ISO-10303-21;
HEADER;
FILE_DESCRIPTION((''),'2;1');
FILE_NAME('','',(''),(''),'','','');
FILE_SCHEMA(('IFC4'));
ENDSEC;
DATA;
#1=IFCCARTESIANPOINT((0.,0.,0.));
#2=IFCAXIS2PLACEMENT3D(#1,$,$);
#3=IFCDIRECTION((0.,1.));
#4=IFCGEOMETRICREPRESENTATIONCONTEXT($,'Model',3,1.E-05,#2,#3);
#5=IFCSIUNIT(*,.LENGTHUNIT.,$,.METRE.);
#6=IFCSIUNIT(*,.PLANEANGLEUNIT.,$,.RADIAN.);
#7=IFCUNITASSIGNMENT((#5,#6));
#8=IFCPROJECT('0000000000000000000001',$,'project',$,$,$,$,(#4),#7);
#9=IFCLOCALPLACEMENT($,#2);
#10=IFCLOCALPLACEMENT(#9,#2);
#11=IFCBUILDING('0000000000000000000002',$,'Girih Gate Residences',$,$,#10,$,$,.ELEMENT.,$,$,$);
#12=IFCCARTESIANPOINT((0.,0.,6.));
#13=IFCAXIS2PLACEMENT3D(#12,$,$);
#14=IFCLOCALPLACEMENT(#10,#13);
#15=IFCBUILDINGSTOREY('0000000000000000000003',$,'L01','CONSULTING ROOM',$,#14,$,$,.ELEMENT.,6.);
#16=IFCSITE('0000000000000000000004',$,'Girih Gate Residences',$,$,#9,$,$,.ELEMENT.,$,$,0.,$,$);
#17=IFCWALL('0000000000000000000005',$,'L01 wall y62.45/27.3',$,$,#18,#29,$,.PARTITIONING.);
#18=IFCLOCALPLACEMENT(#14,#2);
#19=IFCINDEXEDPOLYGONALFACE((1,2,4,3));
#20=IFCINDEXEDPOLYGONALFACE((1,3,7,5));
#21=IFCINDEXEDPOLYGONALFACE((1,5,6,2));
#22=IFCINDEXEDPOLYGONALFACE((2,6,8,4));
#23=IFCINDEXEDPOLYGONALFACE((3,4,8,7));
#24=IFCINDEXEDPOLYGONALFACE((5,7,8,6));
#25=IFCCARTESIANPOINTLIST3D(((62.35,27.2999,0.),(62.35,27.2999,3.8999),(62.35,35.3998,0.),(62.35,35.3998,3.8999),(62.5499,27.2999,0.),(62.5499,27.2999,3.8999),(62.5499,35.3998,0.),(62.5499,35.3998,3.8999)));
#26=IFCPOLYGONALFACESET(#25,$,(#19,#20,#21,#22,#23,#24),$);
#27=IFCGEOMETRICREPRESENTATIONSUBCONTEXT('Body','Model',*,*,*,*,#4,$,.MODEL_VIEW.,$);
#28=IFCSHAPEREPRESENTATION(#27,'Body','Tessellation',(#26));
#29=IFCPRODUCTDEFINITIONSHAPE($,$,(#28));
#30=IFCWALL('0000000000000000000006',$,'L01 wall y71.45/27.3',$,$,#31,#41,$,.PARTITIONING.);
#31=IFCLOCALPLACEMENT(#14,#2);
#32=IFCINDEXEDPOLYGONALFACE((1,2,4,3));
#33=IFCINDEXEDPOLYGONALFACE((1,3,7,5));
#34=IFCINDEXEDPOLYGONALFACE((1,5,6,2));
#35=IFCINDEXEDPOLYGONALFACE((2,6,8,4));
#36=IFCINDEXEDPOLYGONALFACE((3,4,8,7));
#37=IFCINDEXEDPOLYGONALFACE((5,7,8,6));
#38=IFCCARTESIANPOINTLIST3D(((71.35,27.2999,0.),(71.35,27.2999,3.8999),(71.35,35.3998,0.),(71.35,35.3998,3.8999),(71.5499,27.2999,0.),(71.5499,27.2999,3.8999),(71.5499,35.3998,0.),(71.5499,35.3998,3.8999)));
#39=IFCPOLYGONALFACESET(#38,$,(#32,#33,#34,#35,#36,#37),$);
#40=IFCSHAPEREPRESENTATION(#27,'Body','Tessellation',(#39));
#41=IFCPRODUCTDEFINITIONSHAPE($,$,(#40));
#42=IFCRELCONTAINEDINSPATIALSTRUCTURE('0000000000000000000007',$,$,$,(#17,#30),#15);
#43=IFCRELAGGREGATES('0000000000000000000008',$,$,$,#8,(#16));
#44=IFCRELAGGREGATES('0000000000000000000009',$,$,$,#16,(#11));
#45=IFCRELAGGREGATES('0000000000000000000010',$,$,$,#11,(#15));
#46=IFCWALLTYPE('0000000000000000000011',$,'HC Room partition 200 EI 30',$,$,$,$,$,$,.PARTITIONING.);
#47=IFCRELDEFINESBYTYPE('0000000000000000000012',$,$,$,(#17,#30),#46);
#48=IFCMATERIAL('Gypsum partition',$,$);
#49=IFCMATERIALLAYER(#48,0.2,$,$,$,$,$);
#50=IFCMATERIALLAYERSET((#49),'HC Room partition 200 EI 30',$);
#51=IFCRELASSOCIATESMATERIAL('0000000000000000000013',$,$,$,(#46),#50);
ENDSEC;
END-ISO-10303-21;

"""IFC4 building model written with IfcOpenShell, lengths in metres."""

from ifc_helpers import new_model, si_unit, direction, frame, frame_2d, origin, place, context, subcontext, project, spatial, rectangle, extrude, material, layer, layer_set, type_object, element, save


model = new_model("IFC4")

# Units and contexts
model_context = context("Model", 3, precision=1e-05, world=origin(), true_north=direction((0.0, 1.0)))
body_context = subcontext(model_context, "Body", "Model", "MODEL_VIEW")
ifc_project = project(units=[si_unit("LENGTHUNIT", "METRE"), si_unit("PLANEANGLEUNIT", "RADIAN")], contexts=[model_context])

# Site, building, storey
site_placement = place(None, origin())
site = spatial("IfcSite", under=ifc_project, at=site_placement, Name="Girih Gate Residences", CompositionType="ELEMENT", RefElevation=0.0)
building_placement = place(site_placement, origin())
building = spatial("IfcBuilding", under=site, at=building_placement, Name="Girih Gate Residences", CompositionType="ELEMENT")
storey_placement = place(building_placement, frame((0.0, 0.0, 6.0)))
storey = spatial("IfcBuildingStorey", under=building, at=storey_placement, Name="L01", Description="CONSULTING ROOM", CompositionType="ELEMENT", Elevation=6.0)

# Walls
ifc_material_1 = material(Name="Gypsum partition")
ifc_layer_1 = layer(ifc_material_1, 0.2)
ifc_layer_set_1 = layer_set([ifc_layer_1], Name="HC Room partition 200 EI 30")
wall_type_1 = type_object("IfcWallType", Name="HC Room partition 200 EI 30", PredefinedType="PARTITIONING", material=ifc_layer_set_1)
for number, where, z_axis, x_axis, name in (
    (1, (62.45, 27.3, 0.0), (0.0, 0.0, 1.0), (0.0, 1.0, 0.0), "L01 wall y62.45/27.3"),
    (2, (71.45, 27.3, 0.0), (0.0, 0.0, 1.0), (0.0, 1.0, 0.0), "L01 wall y71.45/27.3"),
):
    element("IfcWall", number, at=place(storey_placement, frame(where, z_axis=z_axis, x_axis=x_axis)), inside=storey, type_object=wall_type_1, Name=name, PredefinedType="PARTITIONING", context=body_context, shape_type="SweptSolid", body=[
        extrude(rectangle(XDim=8.0999, YDim=0.2, at=frame_2d((4.0498, 0.0))), origin(), (0.0, 0.0, 1.0), 3.8999),
    ])

save(model, "model.ifc")
